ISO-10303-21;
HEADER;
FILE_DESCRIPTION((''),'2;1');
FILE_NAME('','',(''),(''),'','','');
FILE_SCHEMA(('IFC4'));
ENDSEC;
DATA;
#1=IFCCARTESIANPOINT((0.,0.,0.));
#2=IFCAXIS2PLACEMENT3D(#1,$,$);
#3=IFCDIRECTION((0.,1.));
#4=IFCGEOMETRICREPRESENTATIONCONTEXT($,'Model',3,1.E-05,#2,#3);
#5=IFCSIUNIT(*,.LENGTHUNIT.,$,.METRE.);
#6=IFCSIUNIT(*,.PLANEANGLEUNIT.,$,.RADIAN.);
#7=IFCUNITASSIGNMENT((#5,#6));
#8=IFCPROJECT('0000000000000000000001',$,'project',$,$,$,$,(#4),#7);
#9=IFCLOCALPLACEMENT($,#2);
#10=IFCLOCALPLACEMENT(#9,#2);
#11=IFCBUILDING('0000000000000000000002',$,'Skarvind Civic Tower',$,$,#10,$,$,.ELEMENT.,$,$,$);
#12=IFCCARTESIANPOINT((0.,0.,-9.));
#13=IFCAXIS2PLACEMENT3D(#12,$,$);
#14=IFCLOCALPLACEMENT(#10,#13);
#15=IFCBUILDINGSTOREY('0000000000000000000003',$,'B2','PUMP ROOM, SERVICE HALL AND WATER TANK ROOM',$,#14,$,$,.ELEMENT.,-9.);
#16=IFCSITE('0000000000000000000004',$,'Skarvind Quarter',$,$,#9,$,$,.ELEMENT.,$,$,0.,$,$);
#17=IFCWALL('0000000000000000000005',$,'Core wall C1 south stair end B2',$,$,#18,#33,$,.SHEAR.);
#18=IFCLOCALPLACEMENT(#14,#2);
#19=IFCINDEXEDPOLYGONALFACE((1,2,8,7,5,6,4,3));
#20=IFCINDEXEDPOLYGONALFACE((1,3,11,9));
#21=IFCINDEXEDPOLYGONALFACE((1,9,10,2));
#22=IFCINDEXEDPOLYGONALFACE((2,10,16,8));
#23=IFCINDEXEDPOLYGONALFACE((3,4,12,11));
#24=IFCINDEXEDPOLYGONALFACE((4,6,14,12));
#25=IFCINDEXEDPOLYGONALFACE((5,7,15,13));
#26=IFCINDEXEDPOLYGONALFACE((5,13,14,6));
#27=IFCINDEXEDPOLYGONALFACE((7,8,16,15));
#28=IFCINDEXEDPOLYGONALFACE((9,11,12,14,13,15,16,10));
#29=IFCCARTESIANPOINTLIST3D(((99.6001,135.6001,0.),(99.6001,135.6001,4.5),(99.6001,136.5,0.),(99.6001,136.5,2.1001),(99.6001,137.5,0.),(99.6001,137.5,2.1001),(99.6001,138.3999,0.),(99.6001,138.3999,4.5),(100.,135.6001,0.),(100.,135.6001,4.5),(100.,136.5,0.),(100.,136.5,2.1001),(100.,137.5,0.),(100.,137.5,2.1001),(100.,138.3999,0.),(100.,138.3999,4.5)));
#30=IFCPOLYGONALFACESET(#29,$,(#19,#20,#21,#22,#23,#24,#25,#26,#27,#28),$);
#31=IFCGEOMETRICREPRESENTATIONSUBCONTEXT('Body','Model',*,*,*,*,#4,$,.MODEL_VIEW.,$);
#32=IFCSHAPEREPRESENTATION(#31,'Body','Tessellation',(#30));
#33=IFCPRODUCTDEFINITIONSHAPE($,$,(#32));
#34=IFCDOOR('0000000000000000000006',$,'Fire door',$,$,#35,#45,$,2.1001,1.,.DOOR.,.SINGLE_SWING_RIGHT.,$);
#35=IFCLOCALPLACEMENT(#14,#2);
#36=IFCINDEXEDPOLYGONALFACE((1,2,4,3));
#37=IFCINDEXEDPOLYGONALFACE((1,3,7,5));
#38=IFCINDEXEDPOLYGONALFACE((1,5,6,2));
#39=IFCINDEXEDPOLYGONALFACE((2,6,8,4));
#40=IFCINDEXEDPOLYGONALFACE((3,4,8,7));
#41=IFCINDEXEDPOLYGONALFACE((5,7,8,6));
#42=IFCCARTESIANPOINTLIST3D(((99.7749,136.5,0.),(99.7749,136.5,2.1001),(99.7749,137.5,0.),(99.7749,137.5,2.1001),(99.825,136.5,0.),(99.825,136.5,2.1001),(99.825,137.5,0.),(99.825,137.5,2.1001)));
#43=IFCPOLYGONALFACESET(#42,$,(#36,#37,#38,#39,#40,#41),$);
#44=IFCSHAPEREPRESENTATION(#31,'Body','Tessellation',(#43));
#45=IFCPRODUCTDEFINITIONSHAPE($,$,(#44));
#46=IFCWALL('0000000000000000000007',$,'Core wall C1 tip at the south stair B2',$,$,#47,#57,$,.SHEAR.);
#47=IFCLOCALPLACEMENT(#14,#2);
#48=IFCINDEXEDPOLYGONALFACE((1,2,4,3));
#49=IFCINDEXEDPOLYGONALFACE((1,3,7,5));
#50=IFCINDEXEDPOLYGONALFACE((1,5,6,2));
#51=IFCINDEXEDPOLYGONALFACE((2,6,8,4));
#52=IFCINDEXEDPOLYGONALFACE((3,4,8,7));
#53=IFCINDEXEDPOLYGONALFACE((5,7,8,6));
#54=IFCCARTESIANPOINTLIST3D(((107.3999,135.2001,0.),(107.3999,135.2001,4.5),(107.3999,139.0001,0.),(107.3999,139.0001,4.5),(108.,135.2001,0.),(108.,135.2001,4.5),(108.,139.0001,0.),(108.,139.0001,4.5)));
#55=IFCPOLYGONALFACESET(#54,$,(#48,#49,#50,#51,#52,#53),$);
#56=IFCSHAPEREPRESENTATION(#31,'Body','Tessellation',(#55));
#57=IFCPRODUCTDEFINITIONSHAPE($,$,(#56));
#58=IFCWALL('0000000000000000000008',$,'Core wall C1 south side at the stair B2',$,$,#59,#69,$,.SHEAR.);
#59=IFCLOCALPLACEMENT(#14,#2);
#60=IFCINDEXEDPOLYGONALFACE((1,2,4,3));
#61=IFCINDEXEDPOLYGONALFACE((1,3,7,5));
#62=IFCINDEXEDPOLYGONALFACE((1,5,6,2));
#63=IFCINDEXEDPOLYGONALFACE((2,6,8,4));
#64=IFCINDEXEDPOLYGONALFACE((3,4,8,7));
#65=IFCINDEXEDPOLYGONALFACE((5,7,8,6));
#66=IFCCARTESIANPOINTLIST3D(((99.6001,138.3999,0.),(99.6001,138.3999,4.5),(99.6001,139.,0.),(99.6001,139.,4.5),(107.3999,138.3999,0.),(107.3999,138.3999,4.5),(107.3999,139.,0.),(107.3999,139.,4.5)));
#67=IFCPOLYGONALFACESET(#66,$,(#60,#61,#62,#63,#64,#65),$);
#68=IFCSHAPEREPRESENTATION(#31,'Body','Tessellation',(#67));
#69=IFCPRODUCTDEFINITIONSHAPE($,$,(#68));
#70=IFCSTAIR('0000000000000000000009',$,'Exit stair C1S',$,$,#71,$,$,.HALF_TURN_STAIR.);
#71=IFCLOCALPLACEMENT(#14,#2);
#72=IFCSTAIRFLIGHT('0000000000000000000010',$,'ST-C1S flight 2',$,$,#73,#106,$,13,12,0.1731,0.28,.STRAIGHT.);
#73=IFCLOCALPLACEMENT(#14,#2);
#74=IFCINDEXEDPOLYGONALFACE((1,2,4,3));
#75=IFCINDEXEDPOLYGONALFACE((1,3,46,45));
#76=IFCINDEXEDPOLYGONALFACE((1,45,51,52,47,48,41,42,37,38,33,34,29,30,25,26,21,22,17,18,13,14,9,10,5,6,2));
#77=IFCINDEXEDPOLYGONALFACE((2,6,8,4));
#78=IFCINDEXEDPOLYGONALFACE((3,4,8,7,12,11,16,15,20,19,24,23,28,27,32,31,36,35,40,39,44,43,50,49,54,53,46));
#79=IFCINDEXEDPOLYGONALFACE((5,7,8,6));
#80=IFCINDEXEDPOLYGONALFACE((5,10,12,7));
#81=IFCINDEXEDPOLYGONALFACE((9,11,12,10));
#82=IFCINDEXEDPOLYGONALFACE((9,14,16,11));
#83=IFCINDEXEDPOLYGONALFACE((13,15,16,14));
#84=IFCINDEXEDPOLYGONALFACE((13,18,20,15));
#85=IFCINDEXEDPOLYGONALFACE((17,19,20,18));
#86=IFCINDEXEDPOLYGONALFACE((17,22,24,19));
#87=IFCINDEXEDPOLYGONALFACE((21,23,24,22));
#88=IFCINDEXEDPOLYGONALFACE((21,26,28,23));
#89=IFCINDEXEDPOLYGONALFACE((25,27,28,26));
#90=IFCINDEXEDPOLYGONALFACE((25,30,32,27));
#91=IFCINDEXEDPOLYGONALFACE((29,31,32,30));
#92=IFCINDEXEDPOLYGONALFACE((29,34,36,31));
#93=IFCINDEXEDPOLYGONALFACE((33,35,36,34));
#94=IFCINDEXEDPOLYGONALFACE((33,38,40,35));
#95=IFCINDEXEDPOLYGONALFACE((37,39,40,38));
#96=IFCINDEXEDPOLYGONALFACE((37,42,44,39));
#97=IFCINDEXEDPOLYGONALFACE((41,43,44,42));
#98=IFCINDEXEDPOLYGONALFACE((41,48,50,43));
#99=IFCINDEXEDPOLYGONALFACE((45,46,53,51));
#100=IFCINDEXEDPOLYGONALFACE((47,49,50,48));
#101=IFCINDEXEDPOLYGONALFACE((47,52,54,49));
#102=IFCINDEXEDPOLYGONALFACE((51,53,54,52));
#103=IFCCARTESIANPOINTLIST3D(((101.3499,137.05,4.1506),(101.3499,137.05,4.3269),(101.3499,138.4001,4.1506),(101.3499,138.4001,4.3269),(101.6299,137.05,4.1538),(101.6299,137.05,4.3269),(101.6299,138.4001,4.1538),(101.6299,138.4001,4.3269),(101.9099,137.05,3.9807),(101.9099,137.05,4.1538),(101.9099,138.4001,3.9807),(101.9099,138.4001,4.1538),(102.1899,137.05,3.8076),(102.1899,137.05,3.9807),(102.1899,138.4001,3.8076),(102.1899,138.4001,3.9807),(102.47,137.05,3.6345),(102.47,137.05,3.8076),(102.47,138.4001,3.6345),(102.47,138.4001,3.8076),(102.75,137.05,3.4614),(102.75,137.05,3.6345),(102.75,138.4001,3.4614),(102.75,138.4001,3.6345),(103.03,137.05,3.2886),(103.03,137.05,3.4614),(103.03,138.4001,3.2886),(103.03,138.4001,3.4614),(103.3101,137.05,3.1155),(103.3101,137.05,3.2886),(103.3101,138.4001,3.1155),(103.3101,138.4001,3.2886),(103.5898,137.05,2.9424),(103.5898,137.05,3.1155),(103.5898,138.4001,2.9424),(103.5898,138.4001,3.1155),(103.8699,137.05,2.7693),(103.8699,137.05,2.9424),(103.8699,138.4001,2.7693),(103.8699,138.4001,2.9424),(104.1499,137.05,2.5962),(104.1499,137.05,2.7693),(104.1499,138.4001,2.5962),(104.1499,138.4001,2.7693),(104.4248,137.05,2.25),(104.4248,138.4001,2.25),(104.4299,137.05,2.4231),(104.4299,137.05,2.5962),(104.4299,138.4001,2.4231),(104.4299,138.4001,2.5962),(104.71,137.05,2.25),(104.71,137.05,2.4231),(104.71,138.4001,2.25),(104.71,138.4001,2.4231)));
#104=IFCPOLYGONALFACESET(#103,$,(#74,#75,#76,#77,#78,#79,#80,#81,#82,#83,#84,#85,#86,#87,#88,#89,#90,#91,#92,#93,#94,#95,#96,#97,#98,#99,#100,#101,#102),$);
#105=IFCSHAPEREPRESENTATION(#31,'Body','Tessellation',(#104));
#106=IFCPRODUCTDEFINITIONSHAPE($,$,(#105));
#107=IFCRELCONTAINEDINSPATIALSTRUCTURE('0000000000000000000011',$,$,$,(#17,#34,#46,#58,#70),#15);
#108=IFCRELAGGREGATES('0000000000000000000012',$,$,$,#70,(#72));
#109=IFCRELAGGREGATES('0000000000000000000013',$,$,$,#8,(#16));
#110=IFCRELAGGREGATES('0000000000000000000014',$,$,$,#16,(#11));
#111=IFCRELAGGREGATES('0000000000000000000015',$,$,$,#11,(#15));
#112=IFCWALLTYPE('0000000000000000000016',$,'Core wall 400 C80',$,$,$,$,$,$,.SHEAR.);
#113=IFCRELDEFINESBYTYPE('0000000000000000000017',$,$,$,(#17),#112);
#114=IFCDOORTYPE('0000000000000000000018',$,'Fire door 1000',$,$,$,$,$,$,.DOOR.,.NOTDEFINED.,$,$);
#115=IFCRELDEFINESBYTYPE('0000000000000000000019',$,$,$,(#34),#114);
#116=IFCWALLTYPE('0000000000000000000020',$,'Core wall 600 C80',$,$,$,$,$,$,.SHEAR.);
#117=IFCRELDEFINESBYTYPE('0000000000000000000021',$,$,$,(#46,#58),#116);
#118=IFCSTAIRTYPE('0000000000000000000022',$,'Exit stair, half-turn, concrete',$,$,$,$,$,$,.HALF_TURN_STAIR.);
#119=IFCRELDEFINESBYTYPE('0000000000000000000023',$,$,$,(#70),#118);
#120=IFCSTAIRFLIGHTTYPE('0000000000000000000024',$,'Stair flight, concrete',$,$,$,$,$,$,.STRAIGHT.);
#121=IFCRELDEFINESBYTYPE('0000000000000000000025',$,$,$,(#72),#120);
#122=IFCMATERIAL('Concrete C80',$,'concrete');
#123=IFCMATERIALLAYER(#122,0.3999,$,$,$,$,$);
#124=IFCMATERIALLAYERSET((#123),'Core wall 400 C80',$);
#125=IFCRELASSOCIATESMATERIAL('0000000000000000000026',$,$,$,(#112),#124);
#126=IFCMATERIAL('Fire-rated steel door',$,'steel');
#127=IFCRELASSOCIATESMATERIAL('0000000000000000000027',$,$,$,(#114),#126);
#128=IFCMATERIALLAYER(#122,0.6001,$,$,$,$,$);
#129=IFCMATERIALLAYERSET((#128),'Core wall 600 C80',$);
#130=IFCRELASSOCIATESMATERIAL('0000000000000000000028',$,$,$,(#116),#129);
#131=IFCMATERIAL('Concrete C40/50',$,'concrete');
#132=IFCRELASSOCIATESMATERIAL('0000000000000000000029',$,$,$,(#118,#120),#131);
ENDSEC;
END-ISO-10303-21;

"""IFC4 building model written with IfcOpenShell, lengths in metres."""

from ifc_helpers import new_model, si_unit, direction, frame, frame_2d, origin, place, context, subcontext, project, spatial, polyline, rectangle, outline, extrude, material, layer, layer_set, type_object, element, fill, aggregate, save


model = new_model("IFC4")

# Units and contexts
model_context = context("Model", 3, precision=1e-05, world=origin(), true_north=direction((0.0, 1.0)))
body_context = subcontext(model_context, "Body", "Model", "MODEL_VIEW")
ifc_project = project(units=[si_unit("LENGTHUNIT", "METRE"), si_unit("PLANEANGLEUNIT", "RADIAN")], contexts=[model_context])

# Site, building, storey
site_placement = place(None, origin())
site = spatial("IfcSite", under=ifc_project, at=site_placement, Name="Skarvind Quarter", CompositionType="ELEMENT", RefElevation=0.0)
building_placement = place(site_placement, origin())
building = spatial("IfcBuilding", under=site, at=building_placement, Name="Skarvind Civic Tower", CompositionType="ELEMENT")
storey_placement = place(building_placement, frame((0.0, 0.0, -9.0)))
storey = spatial("IfcBuildingStorey", under=building, at=storey_placement, Name="B2", Description="PUMP ROOM, SERVICE HALL AND WATER TANK ROOM", CompositionType="ELEMENT", Elevation=-9.0)

# Wall, opening, door
ifc_material_1 = material(Name="Concrete C80", Category="concrete")
ifc_layer_1 = layer(ifc_material_1, 0.3999)
ifc_layer_set_1 = layer_set([ifc_layer_1], Name="Core wall 400 C80")
wall_type_1 = type_object("IfcWallType", Name="Core wall 400 C80", PredefinedType="SHEAR", material=ifc_layer_set_1)
wall_1_placement = place(storey_placement, frame((99.8, 138.3999, 0.0), z_axis=(0.0, 0.0, 1.0), x_axis=(0.0, -1.0, 0.0)))
wall_1 = element("IfcWall", 1, at=wall_1_placement, inside=storey, type_object=wall_type_1, Name="Core wall C1 south stair end B2", PredefinedType="SHEAR", context=body_context, shape_type="SweptSolid", body=[
    extrude(rectangle(XDim=2.7998, YDim=0.3999, at=frame_2d((1.3999, 0.0))), origin(), (0.0, 0.0, 1.0), 4.5),
])
opening_placement = place(wall_1_placement, frame((0.8999, 0.0, 0.0)))
opening = element("IfcOpeningElement", 2, at=opening_placement, cuts=wall_1, PredefinedType="OPENING", context=body_context, shape_type="SweptSolid", body=[
    extrude(rectangle(XDim=1.0, YDim=2.1001, at=frame_2d((0.5, 1.05))), frame((0.0, 0.21, 0.0), z_axis=(0.0, -1.0, 0.0), x_axis=(1.0, 0.0, 0.0)), (0.0, 0.0, 1.0), 0.4199),
])
ifc_material_2 = material(Name="Fire-rated steel door", Category="steel")
door_type = type_object("IfcDoorType", Name="Fire door 1000", OperationType="NOTDEFINED", PredefinedType="DOOR", material=ifc_material_2)
door_placement = place(opening_placement, origin())
door = element("IfcDoor", 3, at=door_placement, inside=storey, type_object=door_type, Name="Fire door", OperationType="SINGLE_SWING_RIGHT", OverallHeight=2.1001, OverallWidth=1.0, PredefinedType="DOOR", context=body_context, shape_type="SweptSolid", body=[
    extrude(rectangle(XDim=1.0, YDim=2.1001, at=frame_2d((0.5, 1.05))), frame((0.0, 0.0249, 0.0), z_axis=(0.0, -1.0, 0.0), x_axis=(1.0, 0.0, 0.0)), (0.0, 0.0, 1.0), 0.05),
])
fill(opening, door)

# Walls
ifc_layer_2 = layer(ifc_material_1, 0.6001)
ifc_layer_set_2 = layer_set([ifc_layer_2], Name="Core wall 600 C80")
wall_type_2 = type_object("IfcWallType", Name="Core wall 600 C80", PredefinedType="SHEAR", material=ifc_layer_set_2)
wall_2_placement = place(storey_placement, frame((107.7, 139.0, 0.0), z_axis=(0.0, 0.0, 1.0), x_axis=(0.0, -1.0, 0.0)))
element("IfcWall", 4, at=wall_2_placement, inside=storey, type_object=wall_type_2, Name="Core wall C1 tip at the south stair B2", PredefinedType="SHEAR", context=body_context, shape_type="SweptSolid", body=[
    extrude(rectangle(XDim=3.8, YDim=0.6001, at=frame_2d((1.8999, 0.0))), origin(), (0.0, 0.0, 1.0), 4.5),
])
wall_3_placement = place(storey_placement, frame((107.3999, 138.7, 0.0), z_axis=(0.0, 0.0, 1.0), x_axis=(-1.0, 0.0, 0.0)))
element("IfcWall", 5, at=wall_3_placement, inside=storey, type_object=wall_type_2, Name="Core wall C1 south side at the stair B2", PredefinedType="SHEAR", context=body_context, shape_type="SweptSolid", body=[
    extrude(rectangle(XDim=7.7998, YDim=0.6001, at=frame_2d((3.8999, 0.0))), origin(), (0.0, 0.0, 1.0), 4.5),
])

# Stair, stair flight
ifc_material_3 = material(Name="Concrete C40/50", Category="concrete")
stair_type = type_object("IfcStairType", Name="Exit stair, half-turn, concrete", PredefinedType="HALF_TURN_STAIR", material=ifc_material_3)
stair_placement = place(storey_placement, origin())
stair = element("IfcStair", 6, at=stair_placement, inside=storey, type_object=stair_type, Name="Exit stair C1S", PredefinedType="HALF_TURN_STAIR")
stair_flight_type = type_object("IfcStairFlightType", Name="Stair flight, concrete", PredefinedType="STRAIGHT", material=ifc_material_3)
stair_flight_placement = place(storey_placement, frame((104.71, 137.7251, 2.25), z_axis=(0.0, 0.0, 1.0), x_axis=(-1.0, 0.0, 0.0)))
stair_flight = element("IfcStairFlight", 7, at=stair_flight_placement, type_object=stair_flight_type, Name="ST-C1S flight 2", NumberOfRisers=13, NumberOfTreads=12, PredefinedType="STRAIGHT", RiserHeight=0.1731, TreadLength=0.28, context=body_context, shape_type="SweptSolid", body=[
    extrude(outline(polyline([(0.0, 0.0), (0.0, 0.1731), (0.28, 0.1731), (0.28, 0.3462), (0.5601, 0.3462), (0.5601, 0.5193), (0.8401, 0.5193), (0.8401, 0.6924), (1.1201, 0.6924), (1.1201, 0.8655), (1.3999, 0.8655), (1.3999, 1.0386), (1.6799, 1.0386), (1.6799, 1.2114), (1.96, 1.2114), (1.96, 1.3845), (2.24, 1.3845), (2.24, 1.5576), (2.52, 1.5576), (2.52, 1.7307), (2.8, 1.7307), (2.8, 1.9038), (3.0801, 1.9038), (3.0801, 2.0769), (3.3601, 2.0769), (3.3601, 2.25), (3.3601, 1.9006), (0.2852, 0.0), (0.0, 0.0)])), frame((0.0, 0.675, 0.0), z_axis=(0.0, -1.0, 0.0), x_axis=(1.0, 0.0, 0.0)), (0.0, 0.0, 1.0), 1.3501),
])
aggregate(stair, [stair_flight])

save(model, "model.ifc")
